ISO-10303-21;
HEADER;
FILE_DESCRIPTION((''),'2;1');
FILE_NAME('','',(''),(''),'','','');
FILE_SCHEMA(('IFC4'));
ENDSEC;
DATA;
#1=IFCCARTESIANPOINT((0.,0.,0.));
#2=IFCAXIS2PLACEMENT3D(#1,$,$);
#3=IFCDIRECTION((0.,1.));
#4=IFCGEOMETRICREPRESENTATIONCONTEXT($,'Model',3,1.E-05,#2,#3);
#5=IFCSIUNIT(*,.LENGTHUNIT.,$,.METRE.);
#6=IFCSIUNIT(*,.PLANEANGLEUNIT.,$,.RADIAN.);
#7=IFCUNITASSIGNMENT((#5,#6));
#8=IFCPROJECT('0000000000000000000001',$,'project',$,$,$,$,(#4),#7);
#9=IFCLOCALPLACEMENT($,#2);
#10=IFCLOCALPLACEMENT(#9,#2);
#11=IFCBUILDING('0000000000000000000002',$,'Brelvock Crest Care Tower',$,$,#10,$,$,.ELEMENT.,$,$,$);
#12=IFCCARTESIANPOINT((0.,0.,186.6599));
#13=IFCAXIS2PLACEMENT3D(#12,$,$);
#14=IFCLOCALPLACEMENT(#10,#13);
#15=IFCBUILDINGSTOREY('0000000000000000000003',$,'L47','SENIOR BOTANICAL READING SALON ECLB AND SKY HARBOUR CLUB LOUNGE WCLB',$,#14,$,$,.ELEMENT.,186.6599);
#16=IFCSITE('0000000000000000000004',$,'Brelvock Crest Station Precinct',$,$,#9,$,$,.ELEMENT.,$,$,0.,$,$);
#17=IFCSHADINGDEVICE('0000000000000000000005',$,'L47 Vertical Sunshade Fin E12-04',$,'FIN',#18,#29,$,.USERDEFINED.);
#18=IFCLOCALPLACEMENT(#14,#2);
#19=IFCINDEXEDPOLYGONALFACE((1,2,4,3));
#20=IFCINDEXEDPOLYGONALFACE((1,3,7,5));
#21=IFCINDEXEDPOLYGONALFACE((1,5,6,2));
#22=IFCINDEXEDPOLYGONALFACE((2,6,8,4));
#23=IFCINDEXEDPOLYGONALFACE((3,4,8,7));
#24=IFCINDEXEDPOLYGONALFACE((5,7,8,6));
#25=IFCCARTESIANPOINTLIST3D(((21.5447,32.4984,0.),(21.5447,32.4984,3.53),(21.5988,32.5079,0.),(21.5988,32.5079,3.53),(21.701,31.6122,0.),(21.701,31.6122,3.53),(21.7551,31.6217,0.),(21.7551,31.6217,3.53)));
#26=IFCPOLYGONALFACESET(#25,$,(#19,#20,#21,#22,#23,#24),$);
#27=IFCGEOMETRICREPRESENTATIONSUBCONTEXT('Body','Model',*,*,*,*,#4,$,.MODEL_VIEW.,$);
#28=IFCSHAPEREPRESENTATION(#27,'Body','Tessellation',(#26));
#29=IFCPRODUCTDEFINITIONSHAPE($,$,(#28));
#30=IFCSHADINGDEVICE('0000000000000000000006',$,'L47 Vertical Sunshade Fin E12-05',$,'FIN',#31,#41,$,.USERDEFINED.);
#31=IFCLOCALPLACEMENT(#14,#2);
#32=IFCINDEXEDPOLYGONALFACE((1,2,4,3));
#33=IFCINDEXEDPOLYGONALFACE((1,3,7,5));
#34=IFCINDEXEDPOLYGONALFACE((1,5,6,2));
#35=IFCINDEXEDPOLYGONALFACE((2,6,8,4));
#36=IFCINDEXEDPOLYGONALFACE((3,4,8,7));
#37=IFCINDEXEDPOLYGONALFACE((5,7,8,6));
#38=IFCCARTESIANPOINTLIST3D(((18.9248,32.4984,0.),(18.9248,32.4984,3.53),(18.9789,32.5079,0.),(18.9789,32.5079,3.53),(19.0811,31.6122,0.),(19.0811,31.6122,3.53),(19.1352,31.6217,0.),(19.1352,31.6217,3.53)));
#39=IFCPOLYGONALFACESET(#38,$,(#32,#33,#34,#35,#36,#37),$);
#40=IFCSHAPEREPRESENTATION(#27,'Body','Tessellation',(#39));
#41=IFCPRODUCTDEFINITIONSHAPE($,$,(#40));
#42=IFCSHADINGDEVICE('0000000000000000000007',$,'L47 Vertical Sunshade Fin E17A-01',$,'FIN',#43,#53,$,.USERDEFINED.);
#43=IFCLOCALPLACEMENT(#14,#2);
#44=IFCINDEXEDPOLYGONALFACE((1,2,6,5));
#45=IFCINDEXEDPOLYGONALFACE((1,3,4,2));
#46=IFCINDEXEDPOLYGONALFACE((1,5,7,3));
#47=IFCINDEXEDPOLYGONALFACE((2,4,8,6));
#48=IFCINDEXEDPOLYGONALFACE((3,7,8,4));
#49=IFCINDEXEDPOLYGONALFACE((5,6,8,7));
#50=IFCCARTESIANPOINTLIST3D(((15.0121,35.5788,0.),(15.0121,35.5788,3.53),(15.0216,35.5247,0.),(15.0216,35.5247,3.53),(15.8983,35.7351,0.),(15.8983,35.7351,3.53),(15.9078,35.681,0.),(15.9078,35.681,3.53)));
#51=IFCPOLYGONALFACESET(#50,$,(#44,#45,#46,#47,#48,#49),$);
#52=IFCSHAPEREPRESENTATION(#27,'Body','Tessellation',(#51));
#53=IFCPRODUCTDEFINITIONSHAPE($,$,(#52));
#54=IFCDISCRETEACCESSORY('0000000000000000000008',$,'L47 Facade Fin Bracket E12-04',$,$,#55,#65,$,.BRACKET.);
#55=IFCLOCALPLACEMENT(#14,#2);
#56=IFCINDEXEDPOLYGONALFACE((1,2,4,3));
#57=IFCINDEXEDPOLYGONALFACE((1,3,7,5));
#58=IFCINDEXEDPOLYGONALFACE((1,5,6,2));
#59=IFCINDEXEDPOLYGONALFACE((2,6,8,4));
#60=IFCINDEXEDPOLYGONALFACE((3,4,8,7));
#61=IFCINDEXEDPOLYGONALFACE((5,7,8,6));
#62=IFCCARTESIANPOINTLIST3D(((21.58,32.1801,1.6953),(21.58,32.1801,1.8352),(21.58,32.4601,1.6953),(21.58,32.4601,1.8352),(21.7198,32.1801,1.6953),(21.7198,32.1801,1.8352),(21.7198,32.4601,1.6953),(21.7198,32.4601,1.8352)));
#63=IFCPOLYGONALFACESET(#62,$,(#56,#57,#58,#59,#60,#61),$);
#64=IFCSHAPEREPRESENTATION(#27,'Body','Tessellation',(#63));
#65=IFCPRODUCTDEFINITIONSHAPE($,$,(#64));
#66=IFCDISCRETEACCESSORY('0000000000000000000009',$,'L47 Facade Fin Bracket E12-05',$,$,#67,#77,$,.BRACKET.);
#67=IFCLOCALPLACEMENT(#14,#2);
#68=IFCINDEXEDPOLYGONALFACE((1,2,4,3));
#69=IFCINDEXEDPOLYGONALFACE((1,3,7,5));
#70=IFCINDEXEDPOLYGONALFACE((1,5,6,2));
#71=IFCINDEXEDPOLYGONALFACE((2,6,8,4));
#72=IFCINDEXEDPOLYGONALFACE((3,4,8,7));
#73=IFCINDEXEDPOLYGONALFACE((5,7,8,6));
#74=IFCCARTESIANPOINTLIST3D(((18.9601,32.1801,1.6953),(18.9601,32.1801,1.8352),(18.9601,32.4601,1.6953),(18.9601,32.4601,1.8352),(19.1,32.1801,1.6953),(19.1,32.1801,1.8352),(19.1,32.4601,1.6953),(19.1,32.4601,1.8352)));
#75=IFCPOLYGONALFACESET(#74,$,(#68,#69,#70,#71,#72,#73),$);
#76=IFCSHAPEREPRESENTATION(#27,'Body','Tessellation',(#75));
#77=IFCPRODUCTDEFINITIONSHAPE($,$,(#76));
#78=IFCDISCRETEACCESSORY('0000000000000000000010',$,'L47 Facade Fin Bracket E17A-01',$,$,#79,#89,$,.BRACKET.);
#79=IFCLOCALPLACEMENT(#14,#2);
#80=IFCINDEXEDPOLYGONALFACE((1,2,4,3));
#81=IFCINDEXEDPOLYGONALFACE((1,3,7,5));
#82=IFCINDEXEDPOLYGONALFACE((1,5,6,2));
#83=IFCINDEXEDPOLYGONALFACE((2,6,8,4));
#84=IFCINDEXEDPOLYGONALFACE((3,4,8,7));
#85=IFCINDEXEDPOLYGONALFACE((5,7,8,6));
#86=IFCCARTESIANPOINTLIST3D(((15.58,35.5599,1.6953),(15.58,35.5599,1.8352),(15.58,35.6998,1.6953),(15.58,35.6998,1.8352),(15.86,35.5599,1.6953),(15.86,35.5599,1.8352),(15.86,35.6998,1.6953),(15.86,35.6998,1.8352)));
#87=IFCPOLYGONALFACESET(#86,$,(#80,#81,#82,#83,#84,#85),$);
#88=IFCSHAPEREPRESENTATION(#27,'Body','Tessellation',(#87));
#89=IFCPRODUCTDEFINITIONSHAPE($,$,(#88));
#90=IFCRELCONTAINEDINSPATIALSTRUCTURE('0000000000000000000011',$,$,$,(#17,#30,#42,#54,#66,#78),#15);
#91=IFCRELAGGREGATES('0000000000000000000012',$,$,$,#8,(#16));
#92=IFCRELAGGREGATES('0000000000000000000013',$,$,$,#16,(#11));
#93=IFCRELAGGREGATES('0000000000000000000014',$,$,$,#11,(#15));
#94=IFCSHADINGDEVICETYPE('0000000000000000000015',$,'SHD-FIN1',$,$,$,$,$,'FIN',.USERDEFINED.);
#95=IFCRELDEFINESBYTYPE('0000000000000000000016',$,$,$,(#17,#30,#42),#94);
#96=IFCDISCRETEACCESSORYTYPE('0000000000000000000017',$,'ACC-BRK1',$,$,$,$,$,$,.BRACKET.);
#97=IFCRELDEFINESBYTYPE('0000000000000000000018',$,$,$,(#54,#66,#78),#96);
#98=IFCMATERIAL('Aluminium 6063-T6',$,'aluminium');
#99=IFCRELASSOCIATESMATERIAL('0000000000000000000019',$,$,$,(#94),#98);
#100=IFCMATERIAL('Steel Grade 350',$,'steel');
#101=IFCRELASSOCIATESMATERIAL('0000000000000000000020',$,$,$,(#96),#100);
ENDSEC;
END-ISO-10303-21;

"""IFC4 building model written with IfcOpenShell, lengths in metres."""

from ifc_helpers import new_model, si_unit, direction, frame, origin, origin_2d, place, context, subcontext, project, spatial, rectangle, extrude, source, transform, mapped, material, material_profile, profile_set, type_object, element, save


model = new_model("IFC4")

# Units and contexts
model_context = context("Model", 3, precision=1e-05, world=origin(), true_north=direction((0.0, 1.0)))
body_context = subcontext(model_context, "Body", "Model", "MODEL_VIEW")
ifc_project = project(units=[si_unit("LENGTHUNIT", "METRE"), si_unit("PLANEANGLEUNIT", "RADIAN")], contexts=[model_context])

# Site, building, storey
site_placement = place(None, origin())
site = spatial("IfcSite", under=ifc_project, at=site_placement, Name="Brelvock Crest Station Precinct", CompositionType="ELEMENT", RefElevation=0.0)
building_placement = place(site_placement, origin())
building = spatial("IfcBuilding", under=site, at=building_placement, Name="Brelvock Crest Care Tower", CompositionType="ELEMENT")
storey_placement = place(building_placement, frame((0.0, 0.0, 186.6599)))
storey = spatial("IfcBuildingStorey", under=building, at=storey_placement, Name="L47", Description="SENIOR BOTANICAL READING SALON ECLB AND SKY HARBOUR CLUB LOUNGE WCLB", CompositionType="ELEMENT", Elevation=186.6599)

# Shared definitions
ifc_material_1 = material(Name="Steel Grade 350", Category="steel")

# Shared definitions
ifc_material_2 = material(Name="Aluminium 6063-T6", Category="aluminium")

# Shading devices
ifc_material_profile_1 = material_profile(ifc_material_2, rectangle(XDim=0.0549, YDim=0.8999, at=origin_2d()), Name="FIN55x900")
ifc_profile_set_1 = profile_set([ifc_material_profile_1], Name="Aluminium 6063-T6")
shading_device_type = type_object("IfcShadingDeviceType", Name="SHD-FIN1", ElementType="FIN", PredefinedType="USERDEFINED", material=ifc_profile_set_1)
shared_shape_1 = source(origin(), body_context, "Body", "SweptSolid", [
    extrude(rectangle(XDim=0.0549, YDim=0.8999, at=origin_2d()), origin(), (0.0, 0.0, 1.0), 3.53),
])
for number, where, z_axis, x_axis, name in (
    (1, (21.6499, 32.0601, 0.0), (0.0, 0.0, 1.0), (-0.984808, -0.173648, 0.0), "L47 Vertical Sunshade Fin E12-04"),
    (2, (19.03, 32.0601, 0.0), (0.0, 0.0, 1.0), (-0.984808, -0.173648, 0.0), "L47 Vertical Sunshade Fin E12-05"),
    (3, (15.46, 35.6299, 0.0), (0.0, 0.0, 1.0), (-0.173648, 0.984808, 0.0), "L47 Vertical Sunshade Fin E17A-01"),
):
    element("IfcShadingDevice", number, at=place(storey_placement, frame(where, z_axis=z_axis, x_axis=x_axis)), inside=storey, type_object=shading_device_type, Name=name, ObjectType="FIN", PredefinedType="USERDEFINED", context=body_context, shape_type="MappedRepresentation", body=[
        mapped(shared_shape_1, transform((0.0, 0.0, 0.0), x_axis=(1.0, 0.0, 0.0), y_axis=(0.0, 1.0, 0.0), z_axis=(0.0, 0.0, 1.0), scale=1.0)),
    ])

# Discrete accessories
discrete_accessory_type = type_object("IfcDiscreteAccessoryType", Name="ACC-BRK1", PredefinedType="BRACKET", material=ifc_material_1)
shared_shape_2 = source(origin(), body_context, "Body", "SweptSolid", [
    extrude(rectangle(XDim=0.28, YDim=0.1399, at=origin_2d()), origin(), (0.0, 0.0, 1.0), 0.1399),
])
for number, where, z_axis, x_axis, name in (
    (4, (21.6499, 32.3201, 1.6953), (0.0, 0.0, 1.0), (0.0, -1.0, 0.0), "L47 Facade Fin Bracket E12-04"),
    (5, (19.03, 32.3201, 1.6953), (0.0, 0.0, 1.0), (0.0, -1.0, 0.0), "L47 Facade Fin Bracket E12-05"),
    (6, (15.72, 35.6299, 1.6953), (0.0, 0.0, 1.0), (-1.0, 0.0, 0.0), "L47 Facade Fin Bracket E17A-01"),
):
    element("IfcDiscreteAccessory", number, at=place(storey_placement, frame(where, z_axis=z_axis, x_axis=x_axis)), inside=storey, type_object=discrete_accessory_type, Name=name, PredefinedType="BRACKET", context=body_context, shape_type="MappedRepresentation", body=[
        mapped(shared_shape_2, transform((0.0, 0.0, 0.0), x_axis=(1.0, 0.0, 0.0), y_axis=(0.0, 1.0, 0.0), z_axis=(0.0, 0.0, 1.0), scale=1.0)),
    ])

save(model, "model.ifc")
